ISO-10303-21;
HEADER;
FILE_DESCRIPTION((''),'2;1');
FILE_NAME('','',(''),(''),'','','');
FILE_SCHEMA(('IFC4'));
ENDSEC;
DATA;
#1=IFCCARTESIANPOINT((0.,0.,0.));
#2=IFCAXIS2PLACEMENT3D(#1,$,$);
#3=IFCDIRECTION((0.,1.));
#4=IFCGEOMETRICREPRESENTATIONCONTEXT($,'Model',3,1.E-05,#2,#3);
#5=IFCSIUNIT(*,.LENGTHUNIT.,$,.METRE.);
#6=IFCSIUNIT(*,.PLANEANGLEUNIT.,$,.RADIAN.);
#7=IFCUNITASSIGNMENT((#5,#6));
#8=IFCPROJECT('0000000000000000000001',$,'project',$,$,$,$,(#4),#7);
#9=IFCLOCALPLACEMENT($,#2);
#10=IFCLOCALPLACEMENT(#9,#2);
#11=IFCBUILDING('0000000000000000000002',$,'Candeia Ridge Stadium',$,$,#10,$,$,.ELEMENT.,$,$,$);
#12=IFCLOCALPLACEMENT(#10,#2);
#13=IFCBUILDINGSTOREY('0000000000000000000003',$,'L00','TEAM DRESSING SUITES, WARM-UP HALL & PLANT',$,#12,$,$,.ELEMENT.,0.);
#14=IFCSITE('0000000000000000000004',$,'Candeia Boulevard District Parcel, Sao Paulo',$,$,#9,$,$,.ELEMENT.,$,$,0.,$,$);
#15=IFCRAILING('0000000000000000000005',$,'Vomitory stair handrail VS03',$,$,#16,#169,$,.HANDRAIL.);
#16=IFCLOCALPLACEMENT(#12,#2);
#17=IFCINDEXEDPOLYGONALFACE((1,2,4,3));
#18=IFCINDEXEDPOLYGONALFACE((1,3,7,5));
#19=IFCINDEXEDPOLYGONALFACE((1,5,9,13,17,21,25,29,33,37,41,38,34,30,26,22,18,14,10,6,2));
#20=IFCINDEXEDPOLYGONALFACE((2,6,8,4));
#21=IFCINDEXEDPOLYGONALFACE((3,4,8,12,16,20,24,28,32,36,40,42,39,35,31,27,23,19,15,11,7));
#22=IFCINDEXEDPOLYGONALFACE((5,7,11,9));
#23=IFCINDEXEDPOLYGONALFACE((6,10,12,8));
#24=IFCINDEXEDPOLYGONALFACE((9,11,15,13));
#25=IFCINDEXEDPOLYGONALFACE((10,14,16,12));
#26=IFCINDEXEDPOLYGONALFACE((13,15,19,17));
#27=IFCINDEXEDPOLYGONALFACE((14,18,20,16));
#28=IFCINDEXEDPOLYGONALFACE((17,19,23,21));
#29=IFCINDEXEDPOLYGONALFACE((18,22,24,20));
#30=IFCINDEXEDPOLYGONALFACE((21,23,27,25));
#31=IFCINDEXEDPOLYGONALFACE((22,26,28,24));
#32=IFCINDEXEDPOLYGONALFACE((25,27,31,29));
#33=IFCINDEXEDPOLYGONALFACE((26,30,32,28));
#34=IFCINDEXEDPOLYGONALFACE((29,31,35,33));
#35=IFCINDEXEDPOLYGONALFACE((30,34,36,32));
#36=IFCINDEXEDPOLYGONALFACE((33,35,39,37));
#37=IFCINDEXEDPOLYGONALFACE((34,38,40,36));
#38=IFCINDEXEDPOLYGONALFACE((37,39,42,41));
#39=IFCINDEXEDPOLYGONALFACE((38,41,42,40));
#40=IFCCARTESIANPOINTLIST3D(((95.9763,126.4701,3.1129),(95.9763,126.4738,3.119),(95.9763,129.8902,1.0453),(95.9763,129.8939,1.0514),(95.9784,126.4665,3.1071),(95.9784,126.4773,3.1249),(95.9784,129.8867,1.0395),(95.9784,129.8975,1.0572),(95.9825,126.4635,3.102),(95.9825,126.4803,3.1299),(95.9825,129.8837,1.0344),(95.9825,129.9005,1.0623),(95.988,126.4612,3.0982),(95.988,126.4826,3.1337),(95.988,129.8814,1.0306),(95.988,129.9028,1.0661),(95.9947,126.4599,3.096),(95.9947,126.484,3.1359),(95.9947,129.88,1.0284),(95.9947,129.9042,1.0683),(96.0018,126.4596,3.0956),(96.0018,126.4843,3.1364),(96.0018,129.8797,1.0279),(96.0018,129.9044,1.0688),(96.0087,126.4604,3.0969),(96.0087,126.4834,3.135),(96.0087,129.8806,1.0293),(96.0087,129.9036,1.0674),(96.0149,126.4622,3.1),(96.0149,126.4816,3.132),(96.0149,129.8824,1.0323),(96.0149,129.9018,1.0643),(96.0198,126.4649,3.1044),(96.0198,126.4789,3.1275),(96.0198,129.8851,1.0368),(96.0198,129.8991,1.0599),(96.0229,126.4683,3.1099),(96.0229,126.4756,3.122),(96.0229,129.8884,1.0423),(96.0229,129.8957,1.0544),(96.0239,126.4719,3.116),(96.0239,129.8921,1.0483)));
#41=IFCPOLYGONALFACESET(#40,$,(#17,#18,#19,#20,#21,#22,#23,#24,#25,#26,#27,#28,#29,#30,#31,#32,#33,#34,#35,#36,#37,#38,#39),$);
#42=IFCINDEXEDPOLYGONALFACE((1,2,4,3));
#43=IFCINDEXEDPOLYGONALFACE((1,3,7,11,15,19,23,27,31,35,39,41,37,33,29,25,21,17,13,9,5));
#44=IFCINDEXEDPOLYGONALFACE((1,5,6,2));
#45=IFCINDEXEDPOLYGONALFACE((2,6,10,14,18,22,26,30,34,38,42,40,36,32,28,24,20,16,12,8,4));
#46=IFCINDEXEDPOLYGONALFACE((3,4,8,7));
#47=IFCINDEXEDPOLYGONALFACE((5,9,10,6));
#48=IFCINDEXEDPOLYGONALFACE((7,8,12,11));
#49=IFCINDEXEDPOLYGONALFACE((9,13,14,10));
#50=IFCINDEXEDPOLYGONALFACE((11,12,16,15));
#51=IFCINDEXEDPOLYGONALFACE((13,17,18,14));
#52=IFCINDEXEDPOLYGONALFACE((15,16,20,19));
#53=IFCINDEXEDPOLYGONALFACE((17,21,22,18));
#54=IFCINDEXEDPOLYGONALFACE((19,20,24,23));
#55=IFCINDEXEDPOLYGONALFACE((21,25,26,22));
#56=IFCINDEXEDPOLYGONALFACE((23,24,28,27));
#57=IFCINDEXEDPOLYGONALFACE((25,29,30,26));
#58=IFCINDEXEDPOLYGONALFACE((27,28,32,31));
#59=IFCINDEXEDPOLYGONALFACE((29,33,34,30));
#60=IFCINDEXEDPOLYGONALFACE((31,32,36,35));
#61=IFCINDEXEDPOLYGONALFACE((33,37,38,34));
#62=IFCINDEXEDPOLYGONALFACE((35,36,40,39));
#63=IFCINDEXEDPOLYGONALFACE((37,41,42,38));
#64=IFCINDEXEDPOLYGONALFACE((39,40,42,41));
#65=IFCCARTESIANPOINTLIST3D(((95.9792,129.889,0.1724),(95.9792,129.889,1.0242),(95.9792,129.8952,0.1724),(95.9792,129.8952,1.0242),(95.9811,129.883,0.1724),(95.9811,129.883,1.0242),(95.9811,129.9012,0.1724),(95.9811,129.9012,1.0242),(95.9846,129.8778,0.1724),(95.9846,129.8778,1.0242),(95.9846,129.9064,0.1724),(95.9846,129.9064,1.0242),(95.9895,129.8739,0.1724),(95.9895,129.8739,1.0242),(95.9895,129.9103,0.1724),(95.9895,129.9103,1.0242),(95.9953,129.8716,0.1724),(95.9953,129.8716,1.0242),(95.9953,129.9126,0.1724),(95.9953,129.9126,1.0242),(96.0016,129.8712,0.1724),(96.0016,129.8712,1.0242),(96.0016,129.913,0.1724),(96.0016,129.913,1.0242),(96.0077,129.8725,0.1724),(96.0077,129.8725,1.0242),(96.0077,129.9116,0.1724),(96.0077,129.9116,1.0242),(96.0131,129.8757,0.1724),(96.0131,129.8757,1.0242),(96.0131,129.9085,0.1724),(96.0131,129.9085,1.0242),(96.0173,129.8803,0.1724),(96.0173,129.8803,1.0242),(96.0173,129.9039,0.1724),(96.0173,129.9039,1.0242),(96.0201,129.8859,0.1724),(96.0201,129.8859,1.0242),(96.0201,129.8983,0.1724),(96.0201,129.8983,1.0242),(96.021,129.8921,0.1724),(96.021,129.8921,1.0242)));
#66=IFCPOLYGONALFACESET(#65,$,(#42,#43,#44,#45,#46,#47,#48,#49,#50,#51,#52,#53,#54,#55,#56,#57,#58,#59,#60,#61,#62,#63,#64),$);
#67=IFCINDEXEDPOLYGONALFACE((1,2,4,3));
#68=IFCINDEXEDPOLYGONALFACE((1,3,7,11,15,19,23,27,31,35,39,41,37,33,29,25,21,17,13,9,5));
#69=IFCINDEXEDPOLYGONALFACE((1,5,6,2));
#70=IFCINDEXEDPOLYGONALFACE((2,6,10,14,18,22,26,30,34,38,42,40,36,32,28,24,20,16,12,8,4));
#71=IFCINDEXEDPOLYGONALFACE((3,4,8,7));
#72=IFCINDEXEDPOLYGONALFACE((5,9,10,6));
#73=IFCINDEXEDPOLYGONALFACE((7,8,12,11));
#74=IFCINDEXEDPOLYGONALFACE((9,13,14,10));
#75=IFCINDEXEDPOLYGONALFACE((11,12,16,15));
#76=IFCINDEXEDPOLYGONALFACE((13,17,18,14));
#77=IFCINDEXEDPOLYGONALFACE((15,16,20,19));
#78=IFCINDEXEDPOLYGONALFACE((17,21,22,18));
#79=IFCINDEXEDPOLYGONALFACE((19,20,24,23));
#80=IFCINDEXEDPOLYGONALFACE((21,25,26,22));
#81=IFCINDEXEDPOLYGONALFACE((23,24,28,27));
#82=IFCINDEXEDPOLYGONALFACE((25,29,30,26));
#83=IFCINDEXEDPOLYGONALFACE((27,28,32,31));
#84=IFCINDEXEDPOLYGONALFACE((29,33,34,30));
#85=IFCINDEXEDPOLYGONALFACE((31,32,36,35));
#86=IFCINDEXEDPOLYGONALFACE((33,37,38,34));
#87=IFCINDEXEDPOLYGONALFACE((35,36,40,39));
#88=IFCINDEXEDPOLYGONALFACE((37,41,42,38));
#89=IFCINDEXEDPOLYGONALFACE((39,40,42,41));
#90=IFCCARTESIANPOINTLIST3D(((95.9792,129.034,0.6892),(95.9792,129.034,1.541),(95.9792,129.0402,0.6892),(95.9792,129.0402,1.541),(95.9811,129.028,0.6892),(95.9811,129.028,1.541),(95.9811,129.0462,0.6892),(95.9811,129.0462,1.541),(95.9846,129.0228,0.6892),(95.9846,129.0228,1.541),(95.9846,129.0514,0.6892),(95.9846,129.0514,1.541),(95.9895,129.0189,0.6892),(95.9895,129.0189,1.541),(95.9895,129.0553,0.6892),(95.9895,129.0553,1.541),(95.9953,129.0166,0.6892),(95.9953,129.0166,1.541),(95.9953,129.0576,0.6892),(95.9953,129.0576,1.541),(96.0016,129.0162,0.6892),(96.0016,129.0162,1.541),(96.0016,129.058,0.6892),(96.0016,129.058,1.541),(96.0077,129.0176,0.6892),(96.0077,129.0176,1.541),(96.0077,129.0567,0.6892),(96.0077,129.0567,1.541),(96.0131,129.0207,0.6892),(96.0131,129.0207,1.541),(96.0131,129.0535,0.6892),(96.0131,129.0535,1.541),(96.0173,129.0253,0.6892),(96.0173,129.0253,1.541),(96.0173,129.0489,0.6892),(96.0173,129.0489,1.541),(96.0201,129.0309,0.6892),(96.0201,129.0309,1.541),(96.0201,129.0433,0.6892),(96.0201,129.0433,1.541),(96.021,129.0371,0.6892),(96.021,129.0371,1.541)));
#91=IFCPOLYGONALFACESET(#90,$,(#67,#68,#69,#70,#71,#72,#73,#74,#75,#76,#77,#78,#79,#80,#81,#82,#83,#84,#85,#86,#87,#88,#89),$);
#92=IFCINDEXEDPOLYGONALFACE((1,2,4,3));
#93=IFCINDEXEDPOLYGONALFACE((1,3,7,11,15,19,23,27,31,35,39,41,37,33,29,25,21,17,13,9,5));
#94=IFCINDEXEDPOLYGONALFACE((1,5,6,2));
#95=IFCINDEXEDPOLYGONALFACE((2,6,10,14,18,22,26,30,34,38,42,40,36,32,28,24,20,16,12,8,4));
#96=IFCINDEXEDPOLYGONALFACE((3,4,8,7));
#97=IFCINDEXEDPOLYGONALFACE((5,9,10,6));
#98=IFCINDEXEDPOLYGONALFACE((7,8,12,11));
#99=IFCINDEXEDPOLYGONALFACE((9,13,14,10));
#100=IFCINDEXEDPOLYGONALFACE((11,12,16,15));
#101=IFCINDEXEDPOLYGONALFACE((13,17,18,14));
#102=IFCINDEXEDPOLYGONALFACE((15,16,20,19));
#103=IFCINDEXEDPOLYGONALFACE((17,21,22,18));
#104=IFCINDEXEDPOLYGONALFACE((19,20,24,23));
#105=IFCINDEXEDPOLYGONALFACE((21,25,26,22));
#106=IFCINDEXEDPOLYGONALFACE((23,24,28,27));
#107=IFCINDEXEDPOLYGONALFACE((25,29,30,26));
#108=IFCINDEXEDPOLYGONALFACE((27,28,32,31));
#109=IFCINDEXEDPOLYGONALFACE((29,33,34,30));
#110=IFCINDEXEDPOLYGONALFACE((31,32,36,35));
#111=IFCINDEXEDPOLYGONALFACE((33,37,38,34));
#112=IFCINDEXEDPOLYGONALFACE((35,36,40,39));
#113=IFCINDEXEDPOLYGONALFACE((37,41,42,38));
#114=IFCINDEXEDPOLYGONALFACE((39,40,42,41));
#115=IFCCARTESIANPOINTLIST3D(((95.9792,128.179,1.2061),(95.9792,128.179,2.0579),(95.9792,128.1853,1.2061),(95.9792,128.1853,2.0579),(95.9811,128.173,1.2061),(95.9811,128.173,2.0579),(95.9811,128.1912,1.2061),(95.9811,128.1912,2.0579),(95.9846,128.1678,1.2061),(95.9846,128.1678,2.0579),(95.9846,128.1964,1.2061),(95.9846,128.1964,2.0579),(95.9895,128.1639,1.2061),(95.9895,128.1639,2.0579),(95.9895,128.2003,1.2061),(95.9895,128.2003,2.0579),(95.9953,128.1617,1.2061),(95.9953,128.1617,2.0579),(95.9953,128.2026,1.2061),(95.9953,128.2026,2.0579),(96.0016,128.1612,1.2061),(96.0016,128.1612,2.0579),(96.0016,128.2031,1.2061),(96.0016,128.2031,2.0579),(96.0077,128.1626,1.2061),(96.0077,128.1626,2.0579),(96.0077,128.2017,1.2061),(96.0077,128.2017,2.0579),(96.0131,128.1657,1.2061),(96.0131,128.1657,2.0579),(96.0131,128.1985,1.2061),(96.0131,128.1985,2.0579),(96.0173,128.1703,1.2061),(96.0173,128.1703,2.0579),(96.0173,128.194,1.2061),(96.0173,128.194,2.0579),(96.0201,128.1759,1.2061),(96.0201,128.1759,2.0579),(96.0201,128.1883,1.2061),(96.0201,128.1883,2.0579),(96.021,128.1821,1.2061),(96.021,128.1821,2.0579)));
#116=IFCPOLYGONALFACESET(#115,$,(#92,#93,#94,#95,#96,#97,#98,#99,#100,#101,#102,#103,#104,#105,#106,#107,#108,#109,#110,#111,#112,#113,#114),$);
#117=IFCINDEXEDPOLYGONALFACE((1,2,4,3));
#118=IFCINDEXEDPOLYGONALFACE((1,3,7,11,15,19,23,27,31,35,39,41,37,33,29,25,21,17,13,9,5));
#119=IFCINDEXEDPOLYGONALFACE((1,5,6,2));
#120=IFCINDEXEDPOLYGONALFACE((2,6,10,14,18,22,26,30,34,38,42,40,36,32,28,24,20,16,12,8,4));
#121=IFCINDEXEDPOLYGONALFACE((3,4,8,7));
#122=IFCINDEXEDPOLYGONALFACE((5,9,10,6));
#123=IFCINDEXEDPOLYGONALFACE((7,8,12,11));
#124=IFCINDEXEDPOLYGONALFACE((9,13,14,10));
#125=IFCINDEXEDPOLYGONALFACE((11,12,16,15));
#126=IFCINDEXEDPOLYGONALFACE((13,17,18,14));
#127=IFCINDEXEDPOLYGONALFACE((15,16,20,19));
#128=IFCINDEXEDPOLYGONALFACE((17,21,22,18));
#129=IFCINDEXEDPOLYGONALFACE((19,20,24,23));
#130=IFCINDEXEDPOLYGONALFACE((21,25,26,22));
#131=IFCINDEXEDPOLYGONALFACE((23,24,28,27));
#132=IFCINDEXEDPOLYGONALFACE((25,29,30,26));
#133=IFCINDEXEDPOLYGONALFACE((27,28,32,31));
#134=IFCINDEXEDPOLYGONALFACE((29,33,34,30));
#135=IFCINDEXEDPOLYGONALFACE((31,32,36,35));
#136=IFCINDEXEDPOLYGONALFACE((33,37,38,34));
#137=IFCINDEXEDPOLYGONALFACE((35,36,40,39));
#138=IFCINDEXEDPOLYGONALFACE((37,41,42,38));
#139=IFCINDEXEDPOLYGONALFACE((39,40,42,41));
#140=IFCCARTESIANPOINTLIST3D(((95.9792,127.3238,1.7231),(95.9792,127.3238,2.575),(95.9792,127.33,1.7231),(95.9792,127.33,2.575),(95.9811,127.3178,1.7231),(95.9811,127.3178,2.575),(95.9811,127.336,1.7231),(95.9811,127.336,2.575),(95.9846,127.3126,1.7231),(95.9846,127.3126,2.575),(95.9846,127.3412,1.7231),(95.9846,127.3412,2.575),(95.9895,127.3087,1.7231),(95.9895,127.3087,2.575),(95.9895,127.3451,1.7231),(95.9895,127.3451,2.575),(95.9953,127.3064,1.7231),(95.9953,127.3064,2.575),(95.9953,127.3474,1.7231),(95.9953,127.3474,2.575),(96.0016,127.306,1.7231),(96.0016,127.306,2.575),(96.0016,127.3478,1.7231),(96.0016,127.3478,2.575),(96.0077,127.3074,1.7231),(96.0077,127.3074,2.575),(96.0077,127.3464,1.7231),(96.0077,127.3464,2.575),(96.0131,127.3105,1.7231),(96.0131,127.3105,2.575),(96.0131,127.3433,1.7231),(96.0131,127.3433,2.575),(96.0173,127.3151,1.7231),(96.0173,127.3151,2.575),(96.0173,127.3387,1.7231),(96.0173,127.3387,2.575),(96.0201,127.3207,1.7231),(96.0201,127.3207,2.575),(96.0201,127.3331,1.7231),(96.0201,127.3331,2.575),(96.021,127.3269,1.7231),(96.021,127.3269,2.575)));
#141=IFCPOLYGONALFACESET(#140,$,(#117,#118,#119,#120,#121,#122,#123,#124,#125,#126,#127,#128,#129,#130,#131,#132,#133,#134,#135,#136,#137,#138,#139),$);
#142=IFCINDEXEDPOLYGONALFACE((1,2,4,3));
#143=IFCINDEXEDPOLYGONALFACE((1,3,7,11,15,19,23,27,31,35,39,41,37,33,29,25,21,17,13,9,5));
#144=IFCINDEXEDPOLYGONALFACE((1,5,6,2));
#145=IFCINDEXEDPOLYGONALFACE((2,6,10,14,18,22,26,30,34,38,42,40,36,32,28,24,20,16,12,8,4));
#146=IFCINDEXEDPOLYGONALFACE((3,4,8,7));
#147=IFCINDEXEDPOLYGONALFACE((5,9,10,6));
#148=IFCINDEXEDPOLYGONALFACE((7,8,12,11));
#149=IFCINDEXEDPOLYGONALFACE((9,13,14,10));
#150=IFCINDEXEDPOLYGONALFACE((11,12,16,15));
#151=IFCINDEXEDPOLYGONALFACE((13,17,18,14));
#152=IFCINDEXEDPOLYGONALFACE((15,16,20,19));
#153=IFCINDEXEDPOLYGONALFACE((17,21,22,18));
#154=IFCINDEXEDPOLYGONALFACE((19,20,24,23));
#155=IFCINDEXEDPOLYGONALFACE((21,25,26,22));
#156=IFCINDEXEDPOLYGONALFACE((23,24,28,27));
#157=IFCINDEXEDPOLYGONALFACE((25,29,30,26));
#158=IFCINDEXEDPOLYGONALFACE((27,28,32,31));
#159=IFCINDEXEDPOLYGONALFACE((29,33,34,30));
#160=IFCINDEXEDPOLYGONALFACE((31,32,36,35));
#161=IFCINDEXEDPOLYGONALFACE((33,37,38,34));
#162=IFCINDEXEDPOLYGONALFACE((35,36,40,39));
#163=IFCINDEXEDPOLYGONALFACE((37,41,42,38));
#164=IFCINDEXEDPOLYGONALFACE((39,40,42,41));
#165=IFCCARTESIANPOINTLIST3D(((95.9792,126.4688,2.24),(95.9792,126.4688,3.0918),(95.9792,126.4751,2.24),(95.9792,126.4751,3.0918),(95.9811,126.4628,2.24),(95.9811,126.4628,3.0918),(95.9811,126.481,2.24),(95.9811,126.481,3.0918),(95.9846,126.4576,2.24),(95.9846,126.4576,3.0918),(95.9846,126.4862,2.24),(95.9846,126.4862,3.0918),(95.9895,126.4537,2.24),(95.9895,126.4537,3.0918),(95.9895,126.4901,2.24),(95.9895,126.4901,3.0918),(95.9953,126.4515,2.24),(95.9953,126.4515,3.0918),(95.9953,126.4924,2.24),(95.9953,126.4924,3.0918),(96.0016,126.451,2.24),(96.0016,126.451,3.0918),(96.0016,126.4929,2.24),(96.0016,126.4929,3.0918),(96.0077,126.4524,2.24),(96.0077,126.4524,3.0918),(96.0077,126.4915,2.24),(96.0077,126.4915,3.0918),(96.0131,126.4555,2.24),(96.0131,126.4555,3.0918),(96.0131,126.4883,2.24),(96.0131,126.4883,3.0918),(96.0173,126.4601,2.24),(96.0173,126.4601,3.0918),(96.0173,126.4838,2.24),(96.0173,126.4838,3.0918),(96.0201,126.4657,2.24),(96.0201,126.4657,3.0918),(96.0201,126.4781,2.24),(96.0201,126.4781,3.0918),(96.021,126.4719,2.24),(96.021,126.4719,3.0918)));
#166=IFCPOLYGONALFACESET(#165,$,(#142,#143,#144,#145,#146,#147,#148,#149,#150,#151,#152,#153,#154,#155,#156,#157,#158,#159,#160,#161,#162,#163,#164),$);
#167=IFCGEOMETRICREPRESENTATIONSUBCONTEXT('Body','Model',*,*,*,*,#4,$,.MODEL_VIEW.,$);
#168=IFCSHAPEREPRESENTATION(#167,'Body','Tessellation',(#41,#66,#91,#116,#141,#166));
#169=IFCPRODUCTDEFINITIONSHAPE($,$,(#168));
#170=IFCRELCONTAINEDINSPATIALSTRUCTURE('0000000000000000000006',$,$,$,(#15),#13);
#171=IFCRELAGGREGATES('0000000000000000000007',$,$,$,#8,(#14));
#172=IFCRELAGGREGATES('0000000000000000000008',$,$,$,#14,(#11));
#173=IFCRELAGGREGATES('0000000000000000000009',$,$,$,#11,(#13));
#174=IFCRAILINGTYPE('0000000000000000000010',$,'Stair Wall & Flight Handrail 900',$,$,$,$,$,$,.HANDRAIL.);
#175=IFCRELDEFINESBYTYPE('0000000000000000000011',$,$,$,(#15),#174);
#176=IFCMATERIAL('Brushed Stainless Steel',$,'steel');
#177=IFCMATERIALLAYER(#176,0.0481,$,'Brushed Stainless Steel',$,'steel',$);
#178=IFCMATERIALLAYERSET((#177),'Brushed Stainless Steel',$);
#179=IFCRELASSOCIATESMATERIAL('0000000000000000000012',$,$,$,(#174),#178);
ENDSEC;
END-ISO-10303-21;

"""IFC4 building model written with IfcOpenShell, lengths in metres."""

from ifc_helpers import new_model, si_unit, direction, frame, origin, origin_2d, place, context, subcontext, project, spatial, circle, extrude, material, layer, layer_set, type_object, element, save


model = new_model("IFC4")

# Units and contexts
model_context = context("Model", 3, precision=1e-05, world=origin(), true_north=direction((0.0, 1.0)))
body_context = subcontext(model_context, "Body", "Model", "MODEL_VIEW")
ifc_project = project(units=[si_unit("LENGTHUNIT", "METRE"), si_unit("PLANEANGLEUNIT", "RADIAN")], contexts=[model_context])

# Site, building, storey
site_placement = place(None, origin())
site = spatial("IfcSite", under=ifc_project, at=site_placement, Name="Candeia Boulevard District Parcel, Sao Paulo", CompositionType="ELEMENT", RefElevation=0.0)
building_placement = place(site_placement, origin())
building = spatial("IfcBuilding", under=site, at=building_placement, Name="Candeia Ridge Stadium", CompositionType="ELEMENT")
storey_placement = place(building_placement, origin())
storey = spatial("IfcBuildingStorey", under=building, at=storey_placement, Name="L00", Description="TEAM DRESSING SUITES, WARM-UP HALL & PLANT", CompositionType="ELEMENT", Elevation=0.0)

# Shared definitions
ifc_material_1 = material(Name="Brushed Stainless Steel", Category="steel")

# Railing
ifc_layer_1 = layer(ifc_material_1, 0.0481, Name="Brushed Stainless Steel", Category="steel")
ifc_layer_set_1 = layer_set([ifc_layer_1], Name="Brushed Stainless Steel")
railing_type_1 = type_object("IfcRailingType", Name="Stair Wall & Flight Handrail 900", PredefinedType="HANDRAIL", material=ifc_layer_set_1)
railing_1_placement = place(storey_placement, frame((96.0, 129.8921, 0.1724)))
element("IfcRailing", 1, at=railing_1_placement, inside=storey, type_object=railing_type_1, Name="Vomitory stair handrail VS03", PredefinedType="HANDRAIL", context=body_context, shape_type="SweptSolid", body=[
    extrude(circle(Radius=0.0239, at=origin_2d()), frame((0.0, 0.0, 0.876), z_axis=(0.0, -0.855774, 0.51735), x_axis=(1.0, 0.0, 0.0)), (0.0, 0.0, 1.0), 3.9966),
    extrude(circle(Radius=0.021, at=origin_2d()), origin(), (0.0, 0.0, 1.0), 0.8518),
    extrude(circle(Radius=0.021, at=origin_2d()), frame((0.0, -0.855, 0.5168)), (0.0, 0.0, 1.0), 0.8518),
    extrude(circle(Radius=0.021, at=origin_2d()), frame((0.0, -1.71, 1.0337)), (0.0, 0.0, 1.0), 0.8518),
    extrude(circle(Radius=0.021, at=origin_2d()), frame((0.0, -2.5652, 1.5508)), (0.0, 0.0, 1.0), 0.8518),
    extrude(circle(Radius=0.021, at=origin_2d()), frame((0.0, -3.4202, 2.0676)), (0.0, 0.0, 1.0), 0.8518),
])

save(model, "model.ifc")
